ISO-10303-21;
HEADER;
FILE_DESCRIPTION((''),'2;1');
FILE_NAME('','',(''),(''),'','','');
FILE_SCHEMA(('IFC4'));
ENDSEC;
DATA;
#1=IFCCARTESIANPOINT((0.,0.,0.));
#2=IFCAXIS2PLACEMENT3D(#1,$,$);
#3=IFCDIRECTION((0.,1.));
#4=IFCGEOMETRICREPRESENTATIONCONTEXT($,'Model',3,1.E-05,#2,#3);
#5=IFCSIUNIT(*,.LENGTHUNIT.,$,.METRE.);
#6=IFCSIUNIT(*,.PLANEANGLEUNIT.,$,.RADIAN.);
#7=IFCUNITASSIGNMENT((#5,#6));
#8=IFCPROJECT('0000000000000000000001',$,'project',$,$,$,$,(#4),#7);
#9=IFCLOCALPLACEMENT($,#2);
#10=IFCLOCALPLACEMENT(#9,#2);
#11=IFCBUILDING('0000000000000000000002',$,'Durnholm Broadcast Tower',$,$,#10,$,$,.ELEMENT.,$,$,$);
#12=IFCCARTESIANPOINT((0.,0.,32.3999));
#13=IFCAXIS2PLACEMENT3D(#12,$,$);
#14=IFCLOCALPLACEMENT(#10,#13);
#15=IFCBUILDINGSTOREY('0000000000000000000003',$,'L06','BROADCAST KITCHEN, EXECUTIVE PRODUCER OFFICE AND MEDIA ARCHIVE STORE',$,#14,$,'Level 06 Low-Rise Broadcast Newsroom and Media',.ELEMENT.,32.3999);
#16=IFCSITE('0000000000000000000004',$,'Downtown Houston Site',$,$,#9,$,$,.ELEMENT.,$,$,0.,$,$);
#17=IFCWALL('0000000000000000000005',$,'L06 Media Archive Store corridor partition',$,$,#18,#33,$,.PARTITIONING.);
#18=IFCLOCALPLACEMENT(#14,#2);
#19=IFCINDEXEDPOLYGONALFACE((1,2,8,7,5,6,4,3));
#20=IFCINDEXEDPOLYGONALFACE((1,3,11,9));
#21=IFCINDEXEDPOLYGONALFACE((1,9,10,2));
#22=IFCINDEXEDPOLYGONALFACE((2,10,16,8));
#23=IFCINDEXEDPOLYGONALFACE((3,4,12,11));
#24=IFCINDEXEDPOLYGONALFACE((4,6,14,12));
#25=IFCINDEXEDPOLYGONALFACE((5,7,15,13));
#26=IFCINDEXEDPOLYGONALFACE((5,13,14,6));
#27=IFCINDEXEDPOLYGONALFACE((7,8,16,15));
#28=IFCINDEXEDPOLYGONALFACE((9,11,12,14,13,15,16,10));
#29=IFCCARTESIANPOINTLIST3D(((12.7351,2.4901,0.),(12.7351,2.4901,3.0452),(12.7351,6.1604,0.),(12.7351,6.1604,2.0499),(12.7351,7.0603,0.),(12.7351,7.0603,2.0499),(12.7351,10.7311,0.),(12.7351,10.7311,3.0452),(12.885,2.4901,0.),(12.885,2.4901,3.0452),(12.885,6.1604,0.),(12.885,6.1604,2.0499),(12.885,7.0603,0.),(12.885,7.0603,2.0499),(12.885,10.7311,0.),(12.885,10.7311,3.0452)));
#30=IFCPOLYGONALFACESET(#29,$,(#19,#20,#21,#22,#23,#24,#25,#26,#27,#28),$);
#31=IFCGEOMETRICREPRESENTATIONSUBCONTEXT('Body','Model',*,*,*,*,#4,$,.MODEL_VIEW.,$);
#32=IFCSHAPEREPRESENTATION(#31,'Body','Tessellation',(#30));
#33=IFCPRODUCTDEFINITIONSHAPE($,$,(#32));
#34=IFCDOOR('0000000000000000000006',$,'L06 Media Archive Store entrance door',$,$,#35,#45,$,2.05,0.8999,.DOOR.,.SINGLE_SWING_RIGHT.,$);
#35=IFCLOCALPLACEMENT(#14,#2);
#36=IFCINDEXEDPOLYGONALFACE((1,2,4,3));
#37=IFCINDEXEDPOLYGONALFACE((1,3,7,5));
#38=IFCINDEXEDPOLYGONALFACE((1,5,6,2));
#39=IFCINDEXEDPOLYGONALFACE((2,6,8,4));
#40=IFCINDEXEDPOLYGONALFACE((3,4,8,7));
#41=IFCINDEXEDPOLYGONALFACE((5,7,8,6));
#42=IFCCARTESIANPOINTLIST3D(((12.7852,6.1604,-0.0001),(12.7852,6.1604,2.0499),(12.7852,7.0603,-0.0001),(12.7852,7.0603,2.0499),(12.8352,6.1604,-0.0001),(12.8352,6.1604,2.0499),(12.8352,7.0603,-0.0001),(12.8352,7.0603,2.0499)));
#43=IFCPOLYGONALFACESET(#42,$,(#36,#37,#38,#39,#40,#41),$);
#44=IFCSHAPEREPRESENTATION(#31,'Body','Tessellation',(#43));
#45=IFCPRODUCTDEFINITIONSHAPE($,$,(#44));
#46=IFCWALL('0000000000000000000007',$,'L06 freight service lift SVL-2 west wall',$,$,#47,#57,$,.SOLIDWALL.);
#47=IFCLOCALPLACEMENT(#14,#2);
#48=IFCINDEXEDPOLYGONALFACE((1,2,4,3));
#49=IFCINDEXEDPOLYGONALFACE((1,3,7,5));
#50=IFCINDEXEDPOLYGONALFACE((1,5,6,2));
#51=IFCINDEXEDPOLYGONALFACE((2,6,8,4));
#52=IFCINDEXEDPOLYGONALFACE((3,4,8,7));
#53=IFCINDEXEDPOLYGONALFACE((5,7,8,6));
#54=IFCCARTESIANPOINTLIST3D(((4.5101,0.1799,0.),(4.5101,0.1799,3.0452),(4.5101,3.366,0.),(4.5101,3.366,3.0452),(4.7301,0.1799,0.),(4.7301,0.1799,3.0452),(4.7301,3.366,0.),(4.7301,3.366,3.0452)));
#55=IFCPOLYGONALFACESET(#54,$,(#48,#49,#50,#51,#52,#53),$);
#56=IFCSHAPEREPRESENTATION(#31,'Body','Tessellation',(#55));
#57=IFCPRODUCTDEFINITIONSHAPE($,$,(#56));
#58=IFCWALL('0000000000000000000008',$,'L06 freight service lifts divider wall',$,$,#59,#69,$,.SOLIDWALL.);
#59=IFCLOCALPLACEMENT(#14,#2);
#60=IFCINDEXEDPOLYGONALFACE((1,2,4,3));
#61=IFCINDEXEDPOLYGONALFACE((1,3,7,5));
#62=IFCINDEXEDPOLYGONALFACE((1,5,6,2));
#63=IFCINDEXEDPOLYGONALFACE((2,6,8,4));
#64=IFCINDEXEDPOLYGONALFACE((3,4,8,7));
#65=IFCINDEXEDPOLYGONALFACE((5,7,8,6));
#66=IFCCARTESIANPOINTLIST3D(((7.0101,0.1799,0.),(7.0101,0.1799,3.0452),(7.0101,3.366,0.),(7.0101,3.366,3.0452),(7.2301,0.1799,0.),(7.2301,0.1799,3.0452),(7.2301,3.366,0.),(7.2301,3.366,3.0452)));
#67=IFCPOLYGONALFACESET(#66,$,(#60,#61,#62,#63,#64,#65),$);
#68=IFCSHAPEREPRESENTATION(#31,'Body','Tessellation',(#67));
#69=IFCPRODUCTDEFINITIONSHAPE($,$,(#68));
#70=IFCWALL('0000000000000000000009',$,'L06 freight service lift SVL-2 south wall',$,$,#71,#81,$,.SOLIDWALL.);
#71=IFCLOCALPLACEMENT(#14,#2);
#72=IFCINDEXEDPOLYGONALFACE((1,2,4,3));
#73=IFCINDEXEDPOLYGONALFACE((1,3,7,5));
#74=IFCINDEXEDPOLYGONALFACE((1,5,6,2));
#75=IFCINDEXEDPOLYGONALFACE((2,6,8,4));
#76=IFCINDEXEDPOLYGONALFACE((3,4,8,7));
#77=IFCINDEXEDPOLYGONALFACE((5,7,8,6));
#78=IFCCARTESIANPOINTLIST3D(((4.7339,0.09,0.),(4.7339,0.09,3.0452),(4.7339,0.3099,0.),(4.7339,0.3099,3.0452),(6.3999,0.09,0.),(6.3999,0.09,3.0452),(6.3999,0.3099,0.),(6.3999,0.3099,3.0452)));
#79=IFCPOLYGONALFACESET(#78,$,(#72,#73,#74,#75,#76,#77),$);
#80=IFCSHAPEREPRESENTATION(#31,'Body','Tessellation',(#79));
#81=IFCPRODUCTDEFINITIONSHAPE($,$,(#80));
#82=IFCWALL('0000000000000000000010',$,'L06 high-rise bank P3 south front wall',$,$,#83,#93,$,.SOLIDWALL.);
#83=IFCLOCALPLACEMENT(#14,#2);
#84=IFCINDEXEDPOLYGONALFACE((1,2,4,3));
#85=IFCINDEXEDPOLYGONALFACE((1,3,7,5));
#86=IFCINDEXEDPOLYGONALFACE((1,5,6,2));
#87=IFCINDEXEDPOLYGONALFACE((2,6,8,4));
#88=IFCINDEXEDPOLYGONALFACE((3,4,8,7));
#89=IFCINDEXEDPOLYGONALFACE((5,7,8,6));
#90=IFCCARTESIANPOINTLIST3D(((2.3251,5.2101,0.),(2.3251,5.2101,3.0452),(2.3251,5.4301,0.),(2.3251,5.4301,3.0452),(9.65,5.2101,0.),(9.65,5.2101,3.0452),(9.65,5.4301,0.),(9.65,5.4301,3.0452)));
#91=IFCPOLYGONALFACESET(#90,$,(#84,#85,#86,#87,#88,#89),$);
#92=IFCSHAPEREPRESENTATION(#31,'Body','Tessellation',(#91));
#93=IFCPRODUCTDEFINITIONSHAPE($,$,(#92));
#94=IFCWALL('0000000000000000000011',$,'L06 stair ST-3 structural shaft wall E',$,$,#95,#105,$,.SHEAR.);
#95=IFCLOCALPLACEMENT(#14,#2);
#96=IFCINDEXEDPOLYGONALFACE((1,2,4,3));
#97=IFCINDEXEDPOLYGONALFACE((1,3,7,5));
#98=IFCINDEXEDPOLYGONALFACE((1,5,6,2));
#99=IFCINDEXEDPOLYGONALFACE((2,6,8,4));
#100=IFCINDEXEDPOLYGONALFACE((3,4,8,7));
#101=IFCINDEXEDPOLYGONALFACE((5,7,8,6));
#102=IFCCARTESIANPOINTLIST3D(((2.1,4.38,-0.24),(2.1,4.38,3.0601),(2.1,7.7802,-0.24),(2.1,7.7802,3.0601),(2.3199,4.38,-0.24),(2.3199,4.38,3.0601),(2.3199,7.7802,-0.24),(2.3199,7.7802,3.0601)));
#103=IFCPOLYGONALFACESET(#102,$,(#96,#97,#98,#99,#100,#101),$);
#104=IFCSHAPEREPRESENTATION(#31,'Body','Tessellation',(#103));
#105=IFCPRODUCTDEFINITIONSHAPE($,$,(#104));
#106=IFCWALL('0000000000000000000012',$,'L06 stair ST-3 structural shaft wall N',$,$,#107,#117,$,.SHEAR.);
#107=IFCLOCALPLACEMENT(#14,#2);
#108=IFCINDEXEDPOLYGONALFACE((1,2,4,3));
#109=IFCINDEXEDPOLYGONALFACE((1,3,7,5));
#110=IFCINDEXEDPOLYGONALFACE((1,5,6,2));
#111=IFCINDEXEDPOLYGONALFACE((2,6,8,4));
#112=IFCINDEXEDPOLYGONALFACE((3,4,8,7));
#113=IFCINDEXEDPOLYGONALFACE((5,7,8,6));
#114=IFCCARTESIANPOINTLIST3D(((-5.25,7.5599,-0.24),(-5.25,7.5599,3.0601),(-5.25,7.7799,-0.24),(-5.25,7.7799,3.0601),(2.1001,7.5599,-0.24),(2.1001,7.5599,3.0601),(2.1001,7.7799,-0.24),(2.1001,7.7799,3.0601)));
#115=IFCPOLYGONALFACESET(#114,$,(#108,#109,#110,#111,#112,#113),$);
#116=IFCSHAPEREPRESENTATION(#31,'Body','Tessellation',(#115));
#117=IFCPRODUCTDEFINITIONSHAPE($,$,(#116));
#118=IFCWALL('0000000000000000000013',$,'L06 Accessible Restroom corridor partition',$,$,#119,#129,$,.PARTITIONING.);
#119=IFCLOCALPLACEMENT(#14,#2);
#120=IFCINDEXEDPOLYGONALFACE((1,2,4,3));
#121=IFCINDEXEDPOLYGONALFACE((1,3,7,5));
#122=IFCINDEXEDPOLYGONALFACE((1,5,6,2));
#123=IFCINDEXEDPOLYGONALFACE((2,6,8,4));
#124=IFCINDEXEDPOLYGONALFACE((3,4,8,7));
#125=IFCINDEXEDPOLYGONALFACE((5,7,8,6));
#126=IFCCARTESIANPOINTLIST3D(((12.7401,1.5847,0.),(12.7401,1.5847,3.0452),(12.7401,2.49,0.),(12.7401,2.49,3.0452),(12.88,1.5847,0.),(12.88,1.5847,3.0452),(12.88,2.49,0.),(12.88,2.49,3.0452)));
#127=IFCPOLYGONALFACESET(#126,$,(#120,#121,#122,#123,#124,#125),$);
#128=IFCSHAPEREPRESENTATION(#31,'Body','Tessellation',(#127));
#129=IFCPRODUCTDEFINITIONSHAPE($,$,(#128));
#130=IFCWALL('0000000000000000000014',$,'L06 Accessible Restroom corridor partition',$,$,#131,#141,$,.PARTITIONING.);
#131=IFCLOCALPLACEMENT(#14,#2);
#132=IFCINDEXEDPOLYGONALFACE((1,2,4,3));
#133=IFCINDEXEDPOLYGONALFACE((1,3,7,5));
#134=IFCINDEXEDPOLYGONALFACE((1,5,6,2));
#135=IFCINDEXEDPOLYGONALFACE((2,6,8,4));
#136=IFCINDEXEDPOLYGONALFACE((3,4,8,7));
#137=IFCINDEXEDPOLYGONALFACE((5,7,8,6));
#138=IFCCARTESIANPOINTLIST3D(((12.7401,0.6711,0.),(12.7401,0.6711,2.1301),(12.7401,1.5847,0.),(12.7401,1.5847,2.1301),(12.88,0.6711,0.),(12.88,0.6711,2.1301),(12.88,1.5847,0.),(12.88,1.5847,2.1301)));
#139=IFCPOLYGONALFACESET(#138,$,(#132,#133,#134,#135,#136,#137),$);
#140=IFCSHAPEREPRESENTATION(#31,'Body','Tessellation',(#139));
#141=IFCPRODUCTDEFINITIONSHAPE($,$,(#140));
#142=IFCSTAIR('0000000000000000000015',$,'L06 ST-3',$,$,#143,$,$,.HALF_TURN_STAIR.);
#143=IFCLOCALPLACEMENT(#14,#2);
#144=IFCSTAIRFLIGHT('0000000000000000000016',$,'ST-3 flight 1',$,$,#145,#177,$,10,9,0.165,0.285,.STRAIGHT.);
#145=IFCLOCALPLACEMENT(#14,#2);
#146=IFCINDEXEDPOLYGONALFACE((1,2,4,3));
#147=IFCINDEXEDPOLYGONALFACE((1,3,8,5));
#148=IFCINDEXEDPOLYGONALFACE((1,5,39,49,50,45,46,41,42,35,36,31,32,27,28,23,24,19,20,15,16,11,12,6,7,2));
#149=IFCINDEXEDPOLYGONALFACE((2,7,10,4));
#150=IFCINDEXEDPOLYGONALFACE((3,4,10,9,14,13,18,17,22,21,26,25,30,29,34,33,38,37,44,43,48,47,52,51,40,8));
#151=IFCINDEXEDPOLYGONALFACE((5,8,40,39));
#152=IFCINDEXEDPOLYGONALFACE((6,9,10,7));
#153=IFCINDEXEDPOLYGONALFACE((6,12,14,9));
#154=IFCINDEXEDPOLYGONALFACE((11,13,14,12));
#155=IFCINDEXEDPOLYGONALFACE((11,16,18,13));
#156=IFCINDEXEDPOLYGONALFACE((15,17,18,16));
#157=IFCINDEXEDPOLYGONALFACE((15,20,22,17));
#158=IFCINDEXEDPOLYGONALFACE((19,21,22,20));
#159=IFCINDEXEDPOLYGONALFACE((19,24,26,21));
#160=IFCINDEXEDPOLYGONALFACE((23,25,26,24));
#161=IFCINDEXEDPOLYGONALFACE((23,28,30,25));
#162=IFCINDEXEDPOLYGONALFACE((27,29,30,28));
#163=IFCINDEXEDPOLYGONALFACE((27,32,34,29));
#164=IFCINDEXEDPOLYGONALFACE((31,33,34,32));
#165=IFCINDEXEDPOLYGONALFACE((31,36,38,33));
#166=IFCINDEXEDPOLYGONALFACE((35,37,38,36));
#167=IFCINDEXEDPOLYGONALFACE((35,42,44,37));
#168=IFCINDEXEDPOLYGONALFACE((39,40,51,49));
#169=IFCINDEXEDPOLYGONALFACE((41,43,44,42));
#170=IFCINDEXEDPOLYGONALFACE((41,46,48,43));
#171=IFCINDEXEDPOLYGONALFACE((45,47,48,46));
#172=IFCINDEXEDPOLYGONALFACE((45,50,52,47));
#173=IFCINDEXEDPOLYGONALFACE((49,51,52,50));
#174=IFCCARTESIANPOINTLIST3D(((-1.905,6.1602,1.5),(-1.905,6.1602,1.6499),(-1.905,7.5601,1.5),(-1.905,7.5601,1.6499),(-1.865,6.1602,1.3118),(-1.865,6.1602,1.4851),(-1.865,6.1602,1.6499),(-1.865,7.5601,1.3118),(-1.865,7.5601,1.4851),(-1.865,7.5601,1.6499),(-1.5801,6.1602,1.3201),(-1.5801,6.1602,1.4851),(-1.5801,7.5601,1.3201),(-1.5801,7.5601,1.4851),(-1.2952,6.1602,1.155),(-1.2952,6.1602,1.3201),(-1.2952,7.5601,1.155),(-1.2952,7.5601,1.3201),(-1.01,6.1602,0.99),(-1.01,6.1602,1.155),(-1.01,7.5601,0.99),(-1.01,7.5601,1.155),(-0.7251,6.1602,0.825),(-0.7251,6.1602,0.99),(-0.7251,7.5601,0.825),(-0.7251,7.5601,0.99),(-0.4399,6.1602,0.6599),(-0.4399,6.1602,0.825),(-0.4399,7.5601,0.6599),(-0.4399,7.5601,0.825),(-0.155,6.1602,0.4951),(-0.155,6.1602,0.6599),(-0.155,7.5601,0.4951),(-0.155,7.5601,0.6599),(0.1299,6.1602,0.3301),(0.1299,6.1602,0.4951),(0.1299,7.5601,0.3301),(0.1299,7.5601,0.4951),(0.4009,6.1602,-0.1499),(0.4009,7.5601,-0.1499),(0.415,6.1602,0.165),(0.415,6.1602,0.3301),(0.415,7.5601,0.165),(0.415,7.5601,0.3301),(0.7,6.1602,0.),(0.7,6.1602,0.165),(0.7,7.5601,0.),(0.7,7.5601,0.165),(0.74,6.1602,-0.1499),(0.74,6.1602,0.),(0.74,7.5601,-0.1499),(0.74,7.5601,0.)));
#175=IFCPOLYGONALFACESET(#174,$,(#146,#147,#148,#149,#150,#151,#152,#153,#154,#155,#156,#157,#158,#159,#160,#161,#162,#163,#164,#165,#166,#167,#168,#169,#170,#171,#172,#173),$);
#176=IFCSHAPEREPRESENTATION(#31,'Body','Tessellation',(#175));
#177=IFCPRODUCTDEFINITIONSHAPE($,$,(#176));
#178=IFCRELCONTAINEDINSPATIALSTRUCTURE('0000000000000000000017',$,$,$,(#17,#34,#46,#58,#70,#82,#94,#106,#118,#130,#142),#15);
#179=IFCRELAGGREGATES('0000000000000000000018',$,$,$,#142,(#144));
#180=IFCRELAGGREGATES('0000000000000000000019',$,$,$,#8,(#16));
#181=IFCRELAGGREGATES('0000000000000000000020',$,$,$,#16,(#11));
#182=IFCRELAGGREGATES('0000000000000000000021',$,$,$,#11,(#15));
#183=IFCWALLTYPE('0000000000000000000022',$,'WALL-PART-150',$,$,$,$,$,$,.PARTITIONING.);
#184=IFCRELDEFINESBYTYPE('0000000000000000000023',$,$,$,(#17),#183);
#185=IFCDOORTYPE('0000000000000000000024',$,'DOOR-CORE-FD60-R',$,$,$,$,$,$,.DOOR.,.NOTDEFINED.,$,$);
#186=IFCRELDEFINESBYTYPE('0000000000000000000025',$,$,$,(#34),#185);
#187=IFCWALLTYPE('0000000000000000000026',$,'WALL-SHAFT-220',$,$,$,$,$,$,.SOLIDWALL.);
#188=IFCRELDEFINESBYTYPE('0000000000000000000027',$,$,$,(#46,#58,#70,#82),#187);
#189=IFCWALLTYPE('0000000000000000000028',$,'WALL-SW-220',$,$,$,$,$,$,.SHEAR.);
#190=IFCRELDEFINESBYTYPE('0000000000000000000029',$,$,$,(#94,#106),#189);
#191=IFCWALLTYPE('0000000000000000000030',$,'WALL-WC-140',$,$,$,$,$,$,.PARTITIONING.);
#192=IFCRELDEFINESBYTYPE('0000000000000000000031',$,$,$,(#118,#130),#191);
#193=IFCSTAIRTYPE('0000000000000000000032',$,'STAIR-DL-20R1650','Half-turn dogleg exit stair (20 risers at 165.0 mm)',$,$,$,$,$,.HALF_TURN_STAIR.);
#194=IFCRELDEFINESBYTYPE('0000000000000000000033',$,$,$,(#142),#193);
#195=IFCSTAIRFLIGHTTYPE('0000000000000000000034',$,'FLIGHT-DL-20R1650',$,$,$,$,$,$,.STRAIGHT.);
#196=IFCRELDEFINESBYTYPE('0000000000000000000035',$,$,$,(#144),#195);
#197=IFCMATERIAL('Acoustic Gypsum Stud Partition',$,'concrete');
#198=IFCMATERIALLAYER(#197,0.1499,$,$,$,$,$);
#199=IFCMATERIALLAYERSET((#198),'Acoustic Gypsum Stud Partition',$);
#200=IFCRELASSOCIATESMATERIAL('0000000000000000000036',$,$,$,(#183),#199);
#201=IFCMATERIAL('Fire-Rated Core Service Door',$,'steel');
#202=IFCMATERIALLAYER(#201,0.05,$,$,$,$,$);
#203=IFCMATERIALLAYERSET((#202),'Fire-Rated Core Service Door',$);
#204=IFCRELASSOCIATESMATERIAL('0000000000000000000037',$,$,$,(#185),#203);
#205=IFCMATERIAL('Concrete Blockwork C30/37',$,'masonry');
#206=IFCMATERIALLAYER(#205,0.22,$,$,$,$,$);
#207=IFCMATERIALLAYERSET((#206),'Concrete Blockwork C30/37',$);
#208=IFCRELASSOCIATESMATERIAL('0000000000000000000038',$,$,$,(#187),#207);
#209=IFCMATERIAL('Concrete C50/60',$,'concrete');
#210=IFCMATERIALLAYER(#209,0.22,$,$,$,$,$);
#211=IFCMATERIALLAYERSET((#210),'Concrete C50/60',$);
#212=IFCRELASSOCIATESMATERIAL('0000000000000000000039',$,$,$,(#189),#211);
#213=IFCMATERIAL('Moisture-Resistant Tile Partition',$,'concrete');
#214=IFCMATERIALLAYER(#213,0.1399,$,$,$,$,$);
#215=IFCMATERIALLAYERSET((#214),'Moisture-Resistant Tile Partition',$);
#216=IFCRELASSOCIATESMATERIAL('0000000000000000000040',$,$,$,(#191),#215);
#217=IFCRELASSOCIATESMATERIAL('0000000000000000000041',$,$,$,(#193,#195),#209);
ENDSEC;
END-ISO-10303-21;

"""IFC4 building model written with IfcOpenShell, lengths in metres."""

from ifc_helpers import new_model, si_unit, direction, frame, frame_2d, origin, place, context, subcontext, project, spatial, polyline, rectangle, outline, extrude, source, transform, mapped, material, layer, layer_set, type_object, type_shapes, element, fill, aggregate, save


model = new_model("IFC4")

# Units and contexts
model_context = context("Model", 3, precision=1e-05, world=origin(), true_north=direction((0.0, 1.0)))
body_context = subcontext(model_context, "Body", "Model", "MODEL_VIEW")
ifc_project = project(units=[si_unit("LENGTHUNIT", "METRE"), si_unit("PLANEANGLEUNIT", "RADIAN")], contexts=[model_context])

# Site, building, storey
site_placement = place(None, origin())
site = spatial("IfcSite", under=ifc_project, at=site_placement, Name="Downtown Houston Site", CompositionType="ELEMENT", RefElevation=0.0)
building_placement = place(site_placement, origin())
building = spatial("IfcBuilding", under=site, at=building_placement, Name="Durnholm Broadcast Tower", CompositionType="ELEMENT")
storey_placement = place(building_placement, frame((0.0, 0.0, 32.3999)))
storey = spatial("IfcBuildingStorey", under=building, at=storey_placement, Name="L06", Description="BROADCAST KITCHEN, EXECUTIVE PRODUCER OFFICE AND MEDIA ARCHIVE STORE", LongName="Level 06 Low-Rise Broadcast Newsroom and Media", CompositionType="ELEMENT", Elevation=32.3999)

# Shared definitions
ifc_material_1 = material(Name="Acoustic Gypsum Stud Partition", Category="concrete")
ifc_layer_1 = layer(ifc_material_1, 0.1499)
ifc_layer_set_1 = layer_set([ifc_layer_1], Name="Acoustic Gypsum Stud Partition")
wall_type_1 = type_object("IfcWallType", Name="WALL-PART-150", PredefinedType="PARTITIONING", material=ifc_layer_set_1)
ifc_material_2 = material(Name="Fire-Rated Core Service Door", Category="steel")
ifc_layer_2 = layer(ifc_material_2, 0.05)
ifc_layer_set_2 = layer_set([ifc_layer_2], Name="Fire-Rated Core Service Door")
door_type_1 = type_object("IfcDoorType", Name="DOOR-CORE-FD60-R", OperationType="NOTDEFINED", PredefinedType="DOOR", material=ifc_layer_set_2)
shared_shape_1 = source(origin(), body_context, "Body", "SweptSolid", [
    extrude(rectangle(XDim=0.8999, YDim=2.05, at=frame_2d((0.45, 1.0249))), frame((0.0, 0.0249, 0.0), z_axis=(0.0, -1.0, 0.0), x_axis=(1.0, 0.0, 0.0)), (0.0, 0.0, 1.0), 0.05),
])
type_shapes(door_type_1, [shared_shape_1])

# Wall, opening, door
wall_1_placement = place(storey_placement, frame((12.8101, 2.49, 0.0), z_axis=(0.0, 0.0, 1.0), x_axis=(0.0, 1.0, 0.0)))
wall_1 = element("IfcWall", 1, at=wall_1_placement, inside=storey, type_object=wall_type_1, Name="L06 Media Archive Store corridor partition", PredefinedType="PARTITIONING", context=body_context, shape_type="SweptSolid", body=[
    extrude(rectangle(XDim=8.241, YDim=0.1499, at=frame_2d((4.1206, 0.0))), origin(), (0.0, 0.0, 1.0), 3.0452),
])
opening_1_placement = place(wall_1_placement, frame((3.6704, 0.0, 0.0)))
opening_1 = element("IfcOpeningElement", 2, at=opening_1_placement, cuts=wall_1, PredefinedType="OPENING", context=body_context, shape_type="SweptSolid", body=[
    extrude(rectangle(XDim=0.8999, YDim=2.05, at=frame_2d((0.45, 1.0249))), frame((0.0, 0.085, 0.0), z_axis=(0.0, -1.0, 0.0), x_axis=(1.0, 0.0, 0.0)), (0.0, 0.0, 1.0), 0.1699),
])
door_1_placement = place(opening_1_placement, origin())
door_1 = element("IfcDoor", 3, at=door_1_placement, inside=storey, type_object=door_type_1, Name="L06 Media Archive Store entrance door", OperationType="SINGLE_SWING_RIGHT", OverallHeight=2.05, OverallWidth=0.8999, PredefinedType="DOOR", context=body_context, shape_type="MappedRepresentation", body=[
    mapped(shared_shape_1, transform((0.0, 0.0, 0.0), x_axis=(1.0, 0.0, 0.0), y_axis=(0.0, 1.0, 0.0), z_axis=(0.0, 0.0, 1.0), scale=1.0)),
])
fill(opening_1, door_1)

# Shared definitions
ifc_material_3 = material(Name="Concrete Blockwork C30/37", Category="masonry")
ifc_layer_3 = layer(ifc_material_3, 0.22)
ifc_layer_set_3 = layer_set([ifc_layer_3], Name="Concrete Blockwork C30/37")
wall_type_2 = type_object("IfcWallType", Name="WALL-SHAFT-220", PredefinedType="SOLIDWALL", material=ifc_layer_set_3)

# Walls
for number, where, z_axis, x_axis, name in (
    (4, (4.6201, 0.1799, 0.0), (0.0, 0.0, 1.0), (0.0, 1.0, 0.0), "L06 freight service lift SVL-2 west wall"),
    (5, (7.1201, 0.1799, 0.0), (0.0, 0.0, 1.0), (0.0, 1.0, 0.0), "L06 freight service lifts divider wall"),
):
    element("IfcWall", number, at=place(storey_placement, frame(where, z_axis=z_axis, x_axis=x_axis)), inside=storey, type_object=wall_type_2, Name=name, PredefinedType="SOLIDWALL", context=body_context, shape_type="SweptSolid", body=[
        extrude(rectangle(XDim=3.186, YDim=0.22, at=frame_2d((1.593, 0.0))), origin(), (0.0, 0.0, 1.0), 3.0452),
    ])
wall_2_placement = place(storey_placement, frame((4.7339, 0.2, 0.0), z_axis=(0.0, 0.0, 1.0), x_axis=(1.0, 0.0, 0.0)))
element("IfcWall", 6, at=wall_2_placement, inside=storey, type_object=wall_type_2, Name="L06 freight service lift SVL-2 south wall", PredefinedType="SOLIDWALL", context=body_context, shape_type="SweptSolid", body=[
    extrude(rectangle(XDim=1.666, YDim=0.22, at=frame_2d((0.833, 0.0))), origin(), (0.0, 0.0, 1.0), 3.0452),
])
wall_3_placement = place(storey_placement, frame((2.325, 5.3201, 0.0), z_axis=(0.0, 0.0, 1.0), x_axis=(1.0, 0.0, 0.0)))
element("IfcWall", 7, at=wall_3_placement, inside=storey, type_object=wall_type_2, Name="L06 high-rise bank P3 south front wall", PredefinedType="SOLIDWALL", context=body_context, shape_type="SweptSolid", body=[
    extrude(rectangle(XDim=7.325, YDim=0.22, at=frame_2d((3.6626, 0.0))), origin(), (0.0, 0.0, 1.0), 3.0452),
])
ifc_material_4 = material(Name="Concrete C50/60", Category="concrete")
ifc_layer_4 = layer(ifc_material_4, 0.22)
ifc_layer_set_4 = layer_set([ifc_layer_4], Name="Concrete C50/60")
wall_type_3 = type_object("IfcWallType", Name="WALL-SW-220", PredefinedType="SHEAR", material=ifc_layer_set_4)
wall_4_placement = place(storey_placement, frame((2.21, 4.3799, -0.24), z_axis=(0.0, 0.0, 1.0), x_axis=(0.0, 1.0, 0.0)))
element("IfcWall", 8, at=wall_4_placement, inside=storey, type_object=wall_type_3, Name="L06 stair ST-3 structural shaft wall E", PredefinedType="SHEAR", context=body_context, shape_type="SweptSolid", body=[
    extrude(rectangle(XDim=3.4001, YDim=0.22, at=frame_2d((1.7002, 0.0))), origin(), (0.0, 0.0, 1.0), 3.3),
])
wall_5_placement = place(storey_placement, frame((2.1001, 7.6699, -0.24), z_axis=(0.0, 0.0, 1.0), x_axis=(-1.0, 0.0, 0.0)))
element("IfcWall", 9, at=wall_5_placement, inside=storey, type_object=wall_type_3, Name="L06 stair ST-3 structural shaft wall N", PredefinedType="SHEAR", context=body_context, shape_type="SweptSolid", body=[
    extrude(rectangle(XDim=7.3501, YDim=0.22, at=frame_2d((3.675, 0.0))), origin(), (0.0, 0.0, 1.0), 3.3),
])
ifc_material_5 = material(Name="Moisture-Resistant Tile Partition", Category="concrete")
ifc_layer_5 = layer(ifc_material_5, 0.1399)
ifc_layer_set_5 = layer_set([ifc_layer_5], Name="Moisture-Resistant Tile Partition")
wall_type_4 = type_object("IfcWallType", Name="WALL-WC-140", PredefinedType="PARTITIONING", material=ifc_layer_set_5)
wall_6_placement = place(storey_placement, frame((12.8101, 1.5847, 0.0), z_axis=(0.0, 0.0, 1.0), x_axis=(0.0, 1.0, 0.0)))
element("IfcWall", 10, at=wall_6_placement, inside=storey, type_object=wall_type_4, Name="L06 Accessible Restroom corridor partition", PredefinedType="PARTITIONING", context=body_context, shape_type="SweptSolid", body=[
    extrude(rectangle(XDim=0.9053, YDim=0.1399, at=frame_2d((0.4526, 0.0))), origin(), (0.0, 0.0, 1.0), 3.0452),
])
wall_7_placement = place(storey_placement, frame((12.8101, 0.6711, 0.0), z_axis=(0.0, 0.0, 1.0), x_axis=(0.0, 1.0, 0.0)))
element("IfcWall", 11, at=wall_7_placement, inside=storey, type_object=wall_type_4, Name="L06 Accessible Restroom corridor partition", PredefinedType="PARTITIONING", context=body_context, shape_type="SweptSolid", body=[
    extrude(rectangle(XDim=0.9136, YDim=0.1399, at=frame_2d((0.4568, 0.0))), origin(), (0.0, 0.0, 1.0), 2.1301),
])

# Stair, stair flight
stair_type = type_object("IfcStairType", Name="STAIR-DL-20R1650", Description="Half-turn dogleg exit stair (20 risers at 165.0 mm)", PredefinedType="HALF_TURN_STAIR", material=ifc_material_4)
stair_placement = place(storey_placement, origin())
stair = element("IfcStair", 12, at=stair_placement, inside=storey, type_object=stair_type, Name="L06 ST-3", PredefinedType="HALF_TURN_STAIR")
stair_flight_type = type_object("IfcStairFlightType", Name="FLIGHT-DL-20R1650", PredefinedType="STRAIGHT", material=ifc_material_4)
stair_flight_placement = place(storey_placement, frame((0.7, 6.8601, 0.0), z_axis=(0.0, 0.0, 1.0), x_axis=(-1.0, 0.0, 0.0)))
stair_flight = element("IfcStairFlight", 13, at=stair_flight_placement, type_object=stair_flight_type, Name="ST-3 flight 1", NumberOfRisers=10, NumberOfTreads=9, PredefinedType="STRAIGHT", RiserHeight=0.165, TreadLength=0.285, context=body_context, shape_type="SweptSolid", body=[
    extrude(outline(polyline([(-0.04, -0.1499), (-0.04, 0.0), (0.0, 0.0), (0.0, 0.165), (0.2849, 0.165), (0.2849, 0.3301), (0.5701, 0.3301), (0.5701, 0.4951), (0.855, 0.4951), (0.855, 0.6599), (1.1399, 0.6599), (1.1399, 0.825), (1.425, 0.825), (1.425, 0.99), (1.71, 0.99), (1.71, 1.155), (1.9951, 1.155), (1.9951, 1.3201), (2.28, 1.3201), (2.28, 1.4851), (2.5649, 1.4851), (2.5649, 1.6499), (2.605, 1.6499), (2.605, 1.5), (2.5649, 1.3118), (0.2991, -0.1499), (-0.04, -0.1499)])), frame((0.0, 0.7, 0.0), z_axis=(0.0, -1.0, 0.0), x_axis=(1.0, 0.0, 0.0)), (0.0, 0.0, 1.0), 1.3999),
])
aggregate(stair, [stair_flight])

save(model, "model.ifc")
